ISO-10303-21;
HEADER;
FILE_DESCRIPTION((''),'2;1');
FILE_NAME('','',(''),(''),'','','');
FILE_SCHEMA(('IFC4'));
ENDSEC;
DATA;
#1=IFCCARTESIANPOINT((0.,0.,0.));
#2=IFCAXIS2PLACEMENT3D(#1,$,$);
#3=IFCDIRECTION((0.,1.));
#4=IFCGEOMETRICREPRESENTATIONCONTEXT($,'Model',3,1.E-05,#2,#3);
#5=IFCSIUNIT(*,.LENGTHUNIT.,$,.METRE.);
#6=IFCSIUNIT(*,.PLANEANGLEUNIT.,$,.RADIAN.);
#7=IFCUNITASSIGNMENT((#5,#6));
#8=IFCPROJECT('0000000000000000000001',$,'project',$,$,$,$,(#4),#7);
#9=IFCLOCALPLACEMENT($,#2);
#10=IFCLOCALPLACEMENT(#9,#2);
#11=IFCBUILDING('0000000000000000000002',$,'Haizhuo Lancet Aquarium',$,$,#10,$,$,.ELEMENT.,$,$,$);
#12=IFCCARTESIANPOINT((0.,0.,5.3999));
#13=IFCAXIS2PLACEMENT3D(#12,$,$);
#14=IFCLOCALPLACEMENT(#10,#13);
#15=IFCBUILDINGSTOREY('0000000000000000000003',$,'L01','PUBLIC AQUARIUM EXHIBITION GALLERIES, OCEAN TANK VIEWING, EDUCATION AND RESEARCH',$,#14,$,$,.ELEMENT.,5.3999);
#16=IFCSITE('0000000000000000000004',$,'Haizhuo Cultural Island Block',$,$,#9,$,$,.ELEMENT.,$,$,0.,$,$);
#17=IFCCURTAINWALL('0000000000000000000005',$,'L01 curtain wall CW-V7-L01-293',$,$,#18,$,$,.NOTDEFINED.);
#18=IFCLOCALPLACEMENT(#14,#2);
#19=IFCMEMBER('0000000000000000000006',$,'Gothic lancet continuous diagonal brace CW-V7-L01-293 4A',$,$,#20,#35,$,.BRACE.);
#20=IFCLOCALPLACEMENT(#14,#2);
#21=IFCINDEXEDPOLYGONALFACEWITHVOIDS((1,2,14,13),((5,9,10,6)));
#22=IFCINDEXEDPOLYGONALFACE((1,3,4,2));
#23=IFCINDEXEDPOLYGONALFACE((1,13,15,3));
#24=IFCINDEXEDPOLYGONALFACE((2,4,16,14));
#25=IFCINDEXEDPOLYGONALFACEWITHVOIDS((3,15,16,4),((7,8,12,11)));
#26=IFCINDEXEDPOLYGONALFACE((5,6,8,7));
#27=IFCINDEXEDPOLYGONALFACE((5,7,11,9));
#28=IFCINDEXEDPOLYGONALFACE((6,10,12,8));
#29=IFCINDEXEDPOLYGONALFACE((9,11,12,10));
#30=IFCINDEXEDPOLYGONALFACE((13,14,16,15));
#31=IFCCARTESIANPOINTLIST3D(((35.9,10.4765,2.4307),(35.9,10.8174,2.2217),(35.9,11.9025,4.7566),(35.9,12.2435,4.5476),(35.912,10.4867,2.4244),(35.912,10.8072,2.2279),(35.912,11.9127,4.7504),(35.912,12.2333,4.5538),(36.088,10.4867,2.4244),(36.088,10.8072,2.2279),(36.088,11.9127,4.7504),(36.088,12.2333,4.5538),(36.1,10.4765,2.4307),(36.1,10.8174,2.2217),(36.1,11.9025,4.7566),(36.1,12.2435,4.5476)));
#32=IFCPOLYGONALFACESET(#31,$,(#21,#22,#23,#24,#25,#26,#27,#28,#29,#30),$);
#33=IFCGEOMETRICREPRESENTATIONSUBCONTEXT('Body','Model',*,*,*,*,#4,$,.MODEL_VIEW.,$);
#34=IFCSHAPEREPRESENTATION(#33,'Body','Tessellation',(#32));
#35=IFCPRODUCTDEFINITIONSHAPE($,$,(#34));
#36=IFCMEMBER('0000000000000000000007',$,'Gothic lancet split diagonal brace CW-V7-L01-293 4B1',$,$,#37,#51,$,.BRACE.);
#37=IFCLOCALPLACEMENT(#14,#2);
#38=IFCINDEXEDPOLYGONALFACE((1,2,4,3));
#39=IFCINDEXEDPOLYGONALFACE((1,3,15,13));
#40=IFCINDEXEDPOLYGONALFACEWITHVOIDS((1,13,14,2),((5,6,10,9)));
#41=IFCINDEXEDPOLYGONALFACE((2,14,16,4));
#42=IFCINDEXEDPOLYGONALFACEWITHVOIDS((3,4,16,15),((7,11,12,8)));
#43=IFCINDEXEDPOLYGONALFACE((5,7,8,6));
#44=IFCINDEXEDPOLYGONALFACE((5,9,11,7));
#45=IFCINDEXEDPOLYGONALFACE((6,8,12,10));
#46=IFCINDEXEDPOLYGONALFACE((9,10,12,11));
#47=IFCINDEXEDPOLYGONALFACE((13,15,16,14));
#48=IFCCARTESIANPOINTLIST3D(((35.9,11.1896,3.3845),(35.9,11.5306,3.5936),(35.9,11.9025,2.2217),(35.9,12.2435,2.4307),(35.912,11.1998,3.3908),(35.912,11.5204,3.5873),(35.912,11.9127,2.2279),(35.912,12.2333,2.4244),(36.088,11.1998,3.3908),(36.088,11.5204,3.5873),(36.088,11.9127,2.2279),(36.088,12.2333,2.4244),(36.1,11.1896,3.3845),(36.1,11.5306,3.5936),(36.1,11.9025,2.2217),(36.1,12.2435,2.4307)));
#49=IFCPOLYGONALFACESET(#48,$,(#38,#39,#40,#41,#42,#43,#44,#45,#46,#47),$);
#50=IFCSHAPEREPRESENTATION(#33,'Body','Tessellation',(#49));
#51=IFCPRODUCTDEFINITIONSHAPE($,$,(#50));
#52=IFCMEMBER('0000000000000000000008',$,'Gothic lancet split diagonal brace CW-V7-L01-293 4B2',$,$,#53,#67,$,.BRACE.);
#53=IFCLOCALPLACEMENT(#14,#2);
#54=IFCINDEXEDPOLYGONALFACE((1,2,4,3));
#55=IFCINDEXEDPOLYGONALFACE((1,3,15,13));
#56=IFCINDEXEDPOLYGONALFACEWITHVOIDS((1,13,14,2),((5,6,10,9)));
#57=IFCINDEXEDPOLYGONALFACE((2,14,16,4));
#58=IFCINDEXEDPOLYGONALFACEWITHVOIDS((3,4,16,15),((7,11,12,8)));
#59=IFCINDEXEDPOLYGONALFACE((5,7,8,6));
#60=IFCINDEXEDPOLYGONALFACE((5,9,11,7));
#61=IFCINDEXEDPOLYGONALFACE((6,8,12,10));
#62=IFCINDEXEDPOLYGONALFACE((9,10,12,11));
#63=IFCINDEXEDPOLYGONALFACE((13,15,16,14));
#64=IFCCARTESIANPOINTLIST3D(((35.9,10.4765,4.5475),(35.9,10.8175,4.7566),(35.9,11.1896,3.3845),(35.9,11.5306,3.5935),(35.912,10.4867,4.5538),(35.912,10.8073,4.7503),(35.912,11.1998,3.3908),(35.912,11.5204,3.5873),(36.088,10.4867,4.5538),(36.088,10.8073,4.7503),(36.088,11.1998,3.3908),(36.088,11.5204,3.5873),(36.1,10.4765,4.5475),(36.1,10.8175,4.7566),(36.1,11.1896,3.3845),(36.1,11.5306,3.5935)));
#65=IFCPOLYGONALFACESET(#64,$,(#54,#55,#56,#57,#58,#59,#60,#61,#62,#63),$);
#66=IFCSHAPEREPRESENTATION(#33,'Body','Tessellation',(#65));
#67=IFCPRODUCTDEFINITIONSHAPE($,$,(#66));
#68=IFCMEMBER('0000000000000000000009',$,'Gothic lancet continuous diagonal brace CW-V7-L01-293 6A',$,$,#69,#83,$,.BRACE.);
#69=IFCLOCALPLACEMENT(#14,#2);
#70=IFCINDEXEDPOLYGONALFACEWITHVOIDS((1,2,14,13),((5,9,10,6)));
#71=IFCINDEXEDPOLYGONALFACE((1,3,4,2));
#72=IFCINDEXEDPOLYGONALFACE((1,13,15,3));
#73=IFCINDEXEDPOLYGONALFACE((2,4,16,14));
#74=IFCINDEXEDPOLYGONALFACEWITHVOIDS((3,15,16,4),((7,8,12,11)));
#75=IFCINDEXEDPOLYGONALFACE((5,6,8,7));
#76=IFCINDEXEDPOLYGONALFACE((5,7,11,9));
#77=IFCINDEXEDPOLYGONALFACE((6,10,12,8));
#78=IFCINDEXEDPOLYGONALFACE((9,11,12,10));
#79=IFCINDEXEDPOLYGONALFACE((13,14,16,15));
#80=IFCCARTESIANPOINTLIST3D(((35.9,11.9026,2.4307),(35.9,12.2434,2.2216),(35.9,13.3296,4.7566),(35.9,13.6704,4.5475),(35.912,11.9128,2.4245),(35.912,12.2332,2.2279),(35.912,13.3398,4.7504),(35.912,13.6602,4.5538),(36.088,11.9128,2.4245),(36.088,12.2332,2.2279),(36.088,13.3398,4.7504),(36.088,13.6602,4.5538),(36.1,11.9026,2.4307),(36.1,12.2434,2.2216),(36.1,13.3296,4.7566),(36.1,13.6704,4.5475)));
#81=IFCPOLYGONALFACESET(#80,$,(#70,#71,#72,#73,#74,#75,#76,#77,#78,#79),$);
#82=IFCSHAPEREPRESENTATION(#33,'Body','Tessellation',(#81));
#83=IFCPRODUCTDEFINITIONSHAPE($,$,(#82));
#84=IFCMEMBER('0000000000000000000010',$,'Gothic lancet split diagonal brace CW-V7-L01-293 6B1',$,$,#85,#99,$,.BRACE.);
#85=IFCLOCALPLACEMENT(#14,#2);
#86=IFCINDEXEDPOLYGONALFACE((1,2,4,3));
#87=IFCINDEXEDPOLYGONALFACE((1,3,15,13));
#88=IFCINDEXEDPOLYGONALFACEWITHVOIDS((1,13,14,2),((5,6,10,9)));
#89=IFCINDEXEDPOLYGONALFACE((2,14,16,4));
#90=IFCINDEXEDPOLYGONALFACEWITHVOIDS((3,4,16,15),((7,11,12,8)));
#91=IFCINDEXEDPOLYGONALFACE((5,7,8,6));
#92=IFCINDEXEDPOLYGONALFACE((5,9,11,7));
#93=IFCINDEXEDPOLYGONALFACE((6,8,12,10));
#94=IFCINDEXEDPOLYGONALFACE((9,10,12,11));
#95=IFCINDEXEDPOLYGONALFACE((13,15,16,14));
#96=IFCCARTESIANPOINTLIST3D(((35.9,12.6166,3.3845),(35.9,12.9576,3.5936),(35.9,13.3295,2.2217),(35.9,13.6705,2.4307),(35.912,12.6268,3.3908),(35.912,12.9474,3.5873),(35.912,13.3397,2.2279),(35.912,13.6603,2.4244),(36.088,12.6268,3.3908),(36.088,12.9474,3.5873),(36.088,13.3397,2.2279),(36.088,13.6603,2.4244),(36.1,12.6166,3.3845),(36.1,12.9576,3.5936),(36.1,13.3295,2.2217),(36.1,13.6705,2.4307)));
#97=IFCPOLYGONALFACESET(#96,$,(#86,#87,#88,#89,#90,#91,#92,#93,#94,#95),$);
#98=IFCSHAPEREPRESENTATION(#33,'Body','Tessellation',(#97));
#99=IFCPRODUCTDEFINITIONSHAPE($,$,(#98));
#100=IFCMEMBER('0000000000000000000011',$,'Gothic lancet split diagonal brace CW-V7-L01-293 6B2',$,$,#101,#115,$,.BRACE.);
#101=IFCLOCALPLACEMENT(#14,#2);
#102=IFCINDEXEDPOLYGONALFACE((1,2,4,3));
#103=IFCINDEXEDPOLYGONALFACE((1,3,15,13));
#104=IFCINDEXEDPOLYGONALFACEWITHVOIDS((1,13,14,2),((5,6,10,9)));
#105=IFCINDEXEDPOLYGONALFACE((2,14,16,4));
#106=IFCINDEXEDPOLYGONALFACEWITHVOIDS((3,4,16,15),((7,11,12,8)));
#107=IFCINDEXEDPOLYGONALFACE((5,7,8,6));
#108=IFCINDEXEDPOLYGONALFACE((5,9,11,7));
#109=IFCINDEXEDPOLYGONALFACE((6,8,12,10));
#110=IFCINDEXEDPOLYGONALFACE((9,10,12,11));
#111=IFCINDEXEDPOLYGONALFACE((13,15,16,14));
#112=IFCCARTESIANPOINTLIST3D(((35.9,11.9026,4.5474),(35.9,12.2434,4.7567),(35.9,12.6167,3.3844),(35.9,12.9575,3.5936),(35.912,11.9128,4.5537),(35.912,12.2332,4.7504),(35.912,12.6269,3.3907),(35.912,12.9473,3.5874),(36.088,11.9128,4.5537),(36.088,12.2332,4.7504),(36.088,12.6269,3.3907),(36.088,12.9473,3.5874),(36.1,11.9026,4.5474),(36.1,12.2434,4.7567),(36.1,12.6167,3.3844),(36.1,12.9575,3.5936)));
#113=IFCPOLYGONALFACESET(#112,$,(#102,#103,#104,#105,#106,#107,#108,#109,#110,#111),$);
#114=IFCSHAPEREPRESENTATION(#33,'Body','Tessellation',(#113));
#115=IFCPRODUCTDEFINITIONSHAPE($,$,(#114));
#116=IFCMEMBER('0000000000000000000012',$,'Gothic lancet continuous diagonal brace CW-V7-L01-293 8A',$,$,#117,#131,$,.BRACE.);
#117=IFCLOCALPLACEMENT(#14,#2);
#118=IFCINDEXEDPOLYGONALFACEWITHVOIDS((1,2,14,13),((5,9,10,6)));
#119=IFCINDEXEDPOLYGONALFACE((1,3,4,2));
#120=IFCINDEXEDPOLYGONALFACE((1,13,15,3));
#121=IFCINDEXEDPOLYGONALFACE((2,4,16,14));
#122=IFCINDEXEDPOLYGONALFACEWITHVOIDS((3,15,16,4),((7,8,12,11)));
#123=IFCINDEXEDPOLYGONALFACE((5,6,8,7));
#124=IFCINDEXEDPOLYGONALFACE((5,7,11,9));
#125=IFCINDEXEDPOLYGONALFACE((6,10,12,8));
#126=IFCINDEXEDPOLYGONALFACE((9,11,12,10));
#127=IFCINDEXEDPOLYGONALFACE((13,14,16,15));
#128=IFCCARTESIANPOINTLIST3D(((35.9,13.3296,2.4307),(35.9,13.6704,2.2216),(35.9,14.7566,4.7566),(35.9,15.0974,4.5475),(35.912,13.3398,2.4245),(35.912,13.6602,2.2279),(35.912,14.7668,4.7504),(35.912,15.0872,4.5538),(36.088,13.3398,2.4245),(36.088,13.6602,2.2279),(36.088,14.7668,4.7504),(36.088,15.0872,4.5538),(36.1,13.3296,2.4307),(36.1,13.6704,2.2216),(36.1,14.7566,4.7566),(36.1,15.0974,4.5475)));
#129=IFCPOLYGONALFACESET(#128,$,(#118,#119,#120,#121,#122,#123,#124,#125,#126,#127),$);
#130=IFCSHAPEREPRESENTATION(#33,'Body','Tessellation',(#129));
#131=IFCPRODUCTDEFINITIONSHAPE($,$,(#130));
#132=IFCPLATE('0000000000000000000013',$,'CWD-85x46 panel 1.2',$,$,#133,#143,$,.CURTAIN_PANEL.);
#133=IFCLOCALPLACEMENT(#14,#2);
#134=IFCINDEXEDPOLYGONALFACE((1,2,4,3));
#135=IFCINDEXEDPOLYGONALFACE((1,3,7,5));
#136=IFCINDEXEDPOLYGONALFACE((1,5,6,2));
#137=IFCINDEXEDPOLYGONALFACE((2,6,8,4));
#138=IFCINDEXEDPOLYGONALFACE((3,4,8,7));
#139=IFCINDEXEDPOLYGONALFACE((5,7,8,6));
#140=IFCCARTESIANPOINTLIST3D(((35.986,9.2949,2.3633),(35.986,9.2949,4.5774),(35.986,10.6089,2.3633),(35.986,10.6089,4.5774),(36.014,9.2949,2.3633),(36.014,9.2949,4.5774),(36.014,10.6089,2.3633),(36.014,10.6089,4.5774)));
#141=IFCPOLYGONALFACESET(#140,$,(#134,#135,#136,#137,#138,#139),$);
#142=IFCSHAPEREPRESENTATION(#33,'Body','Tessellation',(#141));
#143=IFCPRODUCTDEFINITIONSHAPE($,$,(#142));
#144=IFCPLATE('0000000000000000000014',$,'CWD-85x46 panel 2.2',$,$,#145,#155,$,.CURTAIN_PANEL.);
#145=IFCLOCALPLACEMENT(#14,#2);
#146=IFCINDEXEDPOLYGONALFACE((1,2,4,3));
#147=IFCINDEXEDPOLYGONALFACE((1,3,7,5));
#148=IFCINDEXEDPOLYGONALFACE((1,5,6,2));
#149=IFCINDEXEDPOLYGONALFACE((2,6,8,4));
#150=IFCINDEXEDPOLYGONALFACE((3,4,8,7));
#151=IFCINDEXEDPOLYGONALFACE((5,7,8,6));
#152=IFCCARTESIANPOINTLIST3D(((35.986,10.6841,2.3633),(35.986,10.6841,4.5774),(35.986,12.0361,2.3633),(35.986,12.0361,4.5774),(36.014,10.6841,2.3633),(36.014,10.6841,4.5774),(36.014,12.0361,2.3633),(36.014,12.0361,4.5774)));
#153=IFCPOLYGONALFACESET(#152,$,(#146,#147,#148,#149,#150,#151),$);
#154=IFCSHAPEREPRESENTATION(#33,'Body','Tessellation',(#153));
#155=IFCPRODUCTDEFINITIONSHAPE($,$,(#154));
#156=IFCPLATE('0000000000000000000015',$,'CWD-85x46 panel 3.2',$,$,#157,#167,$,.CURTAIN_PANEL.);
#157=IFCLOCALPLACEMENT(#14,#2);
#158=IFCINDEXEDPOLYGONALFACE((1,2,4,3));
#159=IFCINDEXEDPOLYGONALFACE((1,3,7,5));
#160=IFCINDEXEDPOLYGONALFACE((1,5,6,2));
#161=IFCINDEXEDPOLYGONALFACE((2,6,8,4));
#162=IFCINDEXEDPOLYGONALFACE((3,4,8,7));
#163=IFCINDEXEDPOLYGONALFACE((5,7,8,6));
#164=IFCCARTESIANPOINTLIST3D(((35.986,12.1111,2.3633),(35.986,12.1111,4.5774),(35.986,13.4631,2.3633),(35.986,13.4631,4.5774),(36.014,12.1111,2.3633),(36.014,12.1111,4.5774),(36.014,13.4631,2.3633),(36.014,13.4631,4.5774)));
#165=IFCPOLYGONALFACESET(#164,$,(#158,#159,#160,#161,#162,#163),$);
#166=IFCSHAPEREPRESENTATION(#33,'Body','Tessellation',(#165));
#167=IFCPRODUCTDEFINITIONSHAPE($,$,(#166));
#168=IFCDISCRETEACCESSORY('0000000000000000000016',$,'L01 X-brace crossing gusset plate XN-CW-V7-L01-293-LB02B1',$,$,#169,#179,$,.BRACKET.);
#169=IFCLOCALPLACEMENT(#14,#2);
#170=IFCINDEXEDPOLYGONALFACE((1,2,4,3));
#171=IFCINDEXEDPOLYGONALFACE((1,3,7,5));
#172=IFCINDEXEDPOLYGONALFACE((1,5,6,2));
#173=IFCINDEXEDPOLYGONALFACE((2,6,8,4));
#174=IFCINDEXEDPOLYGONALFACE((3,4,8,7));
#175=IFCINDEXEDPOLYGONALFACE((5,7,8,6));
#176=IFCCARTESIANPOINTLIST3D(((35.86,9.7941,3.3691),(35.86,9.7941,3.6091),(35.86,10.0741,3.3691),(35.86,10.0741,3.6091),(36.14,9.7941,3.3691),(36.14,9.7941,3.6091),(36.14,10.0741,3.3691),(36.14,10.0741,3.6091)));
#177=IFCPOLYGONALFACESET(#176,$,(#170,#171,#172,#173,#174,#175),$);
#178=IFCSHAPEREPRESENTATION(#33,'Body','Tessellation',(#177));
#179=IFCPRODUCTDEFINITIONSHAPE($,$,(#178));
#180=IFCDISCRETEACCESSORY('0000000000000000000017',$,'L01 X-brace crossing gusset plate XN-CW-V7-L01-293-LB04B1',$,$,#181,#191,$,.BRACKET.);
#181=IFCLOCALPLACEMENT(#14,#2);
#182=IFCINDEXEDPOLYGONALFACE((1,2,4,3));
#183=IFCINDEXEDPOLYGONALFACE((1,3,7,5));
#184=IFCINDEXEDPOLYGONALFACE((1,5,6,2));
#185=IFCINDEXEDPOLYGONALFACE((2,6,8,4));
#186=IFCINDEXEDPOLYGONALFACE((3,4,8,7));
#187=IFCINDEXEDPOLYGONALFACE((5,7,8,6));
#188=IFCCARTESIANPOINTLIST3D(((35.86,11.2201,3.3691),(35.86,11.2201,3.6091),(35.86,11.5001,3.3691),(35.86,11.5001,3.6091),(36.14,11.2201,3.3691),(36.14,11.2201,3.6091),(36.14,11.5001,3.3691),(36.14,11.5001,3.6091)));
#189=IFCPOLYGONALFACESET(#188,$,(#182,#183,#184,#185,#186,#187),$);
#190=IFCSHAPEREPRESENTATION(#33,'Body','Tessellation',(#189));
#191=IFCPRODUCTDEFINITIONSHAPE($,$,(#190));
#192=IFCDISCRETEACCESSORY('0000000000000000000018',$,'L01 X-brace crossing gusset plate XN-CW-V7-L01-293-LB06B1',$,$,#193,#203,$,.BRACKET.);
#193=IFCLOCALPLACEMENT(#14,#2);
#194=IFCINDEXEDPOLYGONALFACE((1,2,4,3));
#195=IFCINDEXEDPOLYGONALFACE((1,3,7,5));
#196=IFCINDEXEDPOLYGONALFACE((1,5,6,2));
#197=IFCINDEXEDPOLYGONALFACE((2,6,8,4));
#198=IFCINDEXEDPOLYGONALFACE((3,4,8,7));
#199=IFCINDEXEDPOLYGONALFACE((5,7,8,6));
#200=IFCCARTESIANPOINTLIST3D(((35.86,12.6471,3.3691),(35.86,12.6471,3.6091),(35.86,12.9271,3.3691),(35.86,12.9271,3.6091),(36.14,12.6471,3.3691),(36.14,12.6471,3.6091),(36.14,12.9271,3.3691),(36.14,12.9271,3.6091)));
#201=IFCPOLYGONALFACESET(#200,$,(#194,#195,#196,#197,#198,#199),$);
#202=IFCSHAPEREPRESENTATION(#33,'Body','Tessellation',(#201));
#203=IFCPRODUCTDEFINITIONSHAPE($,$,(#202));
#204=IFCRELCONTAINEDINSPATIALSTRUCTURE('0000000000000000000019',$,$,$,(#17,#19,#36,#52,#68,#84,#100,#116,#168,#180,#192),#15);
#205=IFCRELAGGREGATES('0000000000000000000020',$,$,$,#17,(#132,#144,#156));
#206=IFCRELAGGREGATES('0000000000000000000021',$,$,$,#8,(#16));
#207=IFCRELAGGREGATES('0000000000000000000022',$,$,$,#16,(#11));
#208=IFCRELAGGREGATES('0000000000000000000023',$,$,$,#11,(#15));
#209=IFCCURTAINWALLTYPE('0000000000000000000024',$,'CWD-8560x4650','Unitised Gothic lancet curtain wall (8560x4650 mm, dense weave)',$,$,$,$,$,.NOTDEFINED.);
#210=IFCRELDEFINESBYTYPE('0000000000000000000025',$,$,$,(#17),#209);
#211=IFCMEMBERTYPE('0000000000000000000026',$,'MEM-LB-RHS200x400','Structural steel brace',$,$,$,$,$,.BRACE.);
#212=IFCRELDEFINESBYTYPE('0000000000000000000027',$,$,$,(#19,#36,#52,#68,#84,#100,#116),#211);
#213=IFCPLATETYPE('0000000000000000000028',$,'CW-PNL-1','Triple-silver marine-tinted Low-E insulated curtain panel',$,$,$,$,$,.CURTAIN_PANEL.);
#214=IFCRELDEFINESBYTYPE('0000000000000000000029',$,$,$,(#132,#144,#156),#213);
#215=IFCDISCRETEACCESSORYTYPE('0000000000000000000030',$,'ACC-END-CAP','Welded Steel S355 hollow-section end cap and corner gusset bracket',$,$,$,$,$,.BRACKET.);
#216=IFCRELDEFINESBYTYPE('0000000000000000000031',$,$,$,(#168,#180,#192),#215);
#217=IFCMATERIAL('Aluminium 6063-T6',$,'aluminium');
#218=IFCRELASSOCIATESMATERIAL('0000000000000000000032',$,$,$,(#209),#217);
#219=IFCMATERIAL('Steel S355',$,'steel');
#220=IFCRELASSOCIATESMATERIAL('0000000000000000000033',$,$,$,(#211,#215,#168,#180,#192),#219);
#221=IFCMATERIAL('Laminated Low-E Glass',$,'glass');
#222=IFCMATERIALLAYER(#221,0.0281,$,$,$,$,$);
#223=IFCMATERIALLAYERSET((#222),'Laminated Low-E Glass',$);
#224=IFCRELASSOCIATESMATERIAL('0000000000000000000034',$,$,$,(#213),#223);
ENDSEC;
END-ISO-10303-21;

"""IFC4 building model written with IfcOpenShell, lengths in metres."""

from ifc_helpers import new_model, si_unit, direction, frame, origin, origin_2d, place, context, subcontext, project, spatial, rectangle, hollow_rectangle, extrude, material, layer, layer_set, material_profile, profile_set, type_object, element, aggregate, save


model = new_model("IFC4")

# Units and contexts
model_context = context("Model", 3, precision=1e-05, world=origin(), true_north=direction((0.0, 1.0)))
body_context = subcontext(model_context, "Body", "Model", "MODEL_VIEW")
ifc_project = project(units=[si_unit("LENGTHUNIT", "METRE"), si_unit("PLANEANGLEUNIT", "RADIAN")], contexts=[model_context])

# Site, building, storey
site_placement = place(None, origin())
site = spatial("IfcSite", under=ifc_project, at=site_placement, Name="Haizhuo Cultural Island Block", CompositionType="ELEMENT", RefElevation=0.0)
building_placement = place(site_placement, origin())
building = spatial("IfcBuilding", under=site, at=building_placement, Name="Haizhuo Lancet Aquarium", CompositionType="ELEMENT")
storey_placement = place(building_placement, frame((0.0, 0.0, 5.3999)))
storey = spatial("IfcBuildingStorey", under=building, at=storey_placement, Name="L01", Description="PUBLIC AQUARIUM EXHIBITION GALLERIES, OCEAN TANK VIEWING, EDUCATION AND RESEARCH", CompositionType="ELEMENT", Elevation=5.3999)

# Curtain wall
ifc_material_1 = material(Name="Aluminium 6063-T6", Category="aluminium")
curtain_wall_type = type_object("IfcCurtainWallType", Name="CWD-8560x4650", Description="Unitised Gothic lancet curtain wall (8560x4650 mm, dense weave)", PredefinedType="NOTDEFINED", material=ifc_material_1)
curtain_wall_placement = place(storey_placement, origin())
curtain_wall = element("IfcCurtainWall", 1, at=curtain_wall_placement, inside=storey, type_object=curtain_wall_type, Name="L01 curtain wall CW-V7-L01-293", PredefinedType="NOTDEFINED")

# Members
ifc_material_2 = material(Name="Steel S355", Category="steel")
ifc_material_profile_1 = material_profile(ifc_material_2, hollow_rectangle(XDim=0.2, YDim=0.3999, WallThickness=0.012, at=origin_2d()), Name="RHS 200x400x12")
ifc_profile_set_1 = profile_set([ifc_material_profile_1], Name="Steel S355")
member_type_1 = type_object("IfcMemberType", Name="MEM-LB-RHS200x400", Description="Structural steel brace", PredefinedType="BRACE", material=ifc_profile_set_1)
member_1_placement = place(storey_placement, frame((36.0, 10.647, 2.3262), z_axis=(0.0, 0.522684, 0.852527), x_axis=(-1.0, 0.0, 0.0)))
element("IfcMember", 2, at=member_1_placement, inside=storey, type_object=member_type_1, Name="Gothic lancet continuous diagonal brace CW-V7-L01-293 4A", PredefinedType="BRACE", context=body_context, shape_type="SweptSolid", body=[
    extrude(hollow_rectangle(XDim=0.2, YDim=0.3999, WallThickness=0.012, at=origin_2d()), origin(), (0.0, 0.0, 1.0), 2.7283),
])
member_2_placement = place(storey_placement, frame((36.0, 12.073, 2.3262), z_axis=(0.0, -0.522659, 0.852542), x_axis=(1.0, 0.0, 0.0)))
element("IfcMember", 3, at=member_2_placement, inside=storey, type_object=member_type_1, Name="Gothic lancet split diagonal brace CW-V7-L01-293 4B1", PredefinedType="BRACE", context=body_context, shape_type="SweptSolid", body=[
    extrude(hollow_rectangle(XDim=0.2, YDim=0.3999, WallThickness=0.012, at=origin_2d()), origin(), (0.0, 0.0, 1.0), 1.364),
])
member_3_placement = place(storey_placement, frame((36.0, 11.3601, 3.489), z_axis=(0.0, -0.522709, 0.852511), x_axis=(1.0, 0.0, 0.0)))
element("IfcMember", 4, at=member_3_placement, inside=storey, type_object=member_type_1, Name="Gothic lancet split diagonal brace CW-V7-L01-293 4B2", PredefinedType="BRACE", context=body_context, shape_type="SweptSolid", body=[
    extrude(hollow_rectangle(XDim=0.2, YDim=0.3999, WallThickness=0.012, at=origin_2d()), origin(), (0.0, 0.0, 1.0), 1.3643),
])
member_4_placement = place(storey_placement, frame((36.0, 12.073, 2.3262), z_axis=(0.0, 0.522944, 0.852367), x_axis=(-1.0, 0.0, 0.0)))
element("IfcMember", 5, at=member_4_placement, inside=storey, type_object=member_type_1, Name="Gothic lancet continuous diagonal brace CW-V7-L01-293 6A", PredefinedType="BRACE", context=body_context, shape_type="SweptSolid", body=[
    extrude(hollow_rectangle(XDim=0.2, YDim=0.3999, WallThickness=0.012, at=origin_2d()), origin(), (0.0, 0.0, 1.0), 2.7288),
])
member_5_placement = place(storey_placement, frame((36.0, 13.5, 2.3262), z_axis=(0.0, -0.522659, 0.852542), x_axis=(1.0, 0.0, 0.0)))
element("IfcMember", 6, at=member_5_placement, inside=storey, type_object=member_type_1, Name="Gothic lancet split diagonal brace CW-V7-L01-293 6B1", PredefinedType="BRACE", context=body_context, shape_type="SweptSolid", body=[
    extrude(hollow_rectangle(XDim=0.2, YDim=0.3999, WallThickness=0.012, at=origin_2d()), origin(), (0.0, 0.0, 1.0), 1.364),
])
member_6_placement = place(storey_placement, frame((36.0, 12.7871, 3.489), z_axis=(0.0, -0.523229, 0.852192), x_axis=(1.0, 0.0, 0.0)))
element("IfcMember", 7, at=member_6_placement, inside=storey, type_object=member_type_1, Name="Gothic lancet split diagonal brace CW-V7-L01-293 6B2", PredefinedType="BRACE", context=body_context, shape_type="SweptSolid", body=[
    extrude(hollow_rectangle(XDim=0.2, YDim=0.3999, WallThickness=0.012, at=origin_2d()), origin(), (0.0, 0.0, 1.0), 1.3647),
])
member_7_placement = place(storey_placement, frame((36.0, 13.5, 2.3262), z_axis=(0.0, 0.522944, 0.852367), x_axis=(-1.0, 0.0, 0.0)))
element("IfcMember", 8, at=member_7_placement, inside=storey, type_object=member_type_1, Name="Gothic lancet continuous diagonal brace CW-V7-L01-293 8A", PredefinedType="BRACE", context=body_context, shape_type="SweptSolid", body=[
    extrude(hollow_rectangle(XDim=0.2, YDim=0.3999, WallThickness=0.012, at=origin_2d()), origin(), (0.0, 0.0, 1.0), 2.7288),
])

# Plates
ifc_material_3 = material(Name="Laminated Low-E Glass", Category="glass")
ifc_layer = layer(ifc_material_3, 0.0281)
ifc_layer_set = layer_set([ifc_layer], Name="Laminated Low-E Glass")
plate_type = type_object("IfcPlateType", Name="CW-PNL-1", Description="Triple-silver marine-tinted Low-E insulated curtain panel", PredefinedType="CURTAIN_PANEL", material=ifc_layer_set)
plate_1_placement = place(storey_placement, frame((36.0, 9.9519, 2.3633), z_axis=(0.0, 0.0, 1.0), x_axis=(0.0, 1.0, 0.0)))
plate_1 = element("IfcPlate", 9, at=plate_1_placement, type_object=plate_type, Name="CWD-85x46 panel 1.2", PredefinedType="CURTAIN_PANEL", context=body_context, shape_type="SweptSolid", body=[
    extrude(rectangle(XDim=1.314, YDim=0.0281, at=origin_2d()), origin(), (0.0, 0.0, 1.0), 2.2141),
])
plate_2_placement = place(storey_placement, frame((36.0, 11.3601, 2.3633), z_axis=(0.0, 0.0, 1.0), x_axis=(0.0, 1.0, 0.0)))
plate_2 = element("IfcPlate", 10, at=plate_2_placement, type_object=plate_type, Name="CWD-85x46 panel 2.2", PredefinedType="CURTAIN_PANEL", context=body_context, shape_type="SweptSolid", body=[
    extrude(rectangle(XDim=1.3521, YDim=0.0281, at=origin_2d()), origin(), (0.0, 0.0, 1.0), 2.2141),
])
plate_3_placement = place(storey_placement, frame((36.0, 12.7871, 2.3633), z_axis=(0.0, 0.0, 1.0), x_axis=(0.0, 1.0, 0.0)))
plate_3 = element("IfcPlate", 11, at=plate_3_placement, type_object=plate_type, Name="CWD-85x46 panel 3.2", PredefinedType="CURTAIN_PANEL", context=body_context, shape_type="SweptSolid", body=[
    extrude(rectangle(XDim=1.3521, YDim=0.0281, at=origin_2d()), origin(), (0.0, 0.0, 1.0), 2.2141),
])
aggregate(curtain_wall, [plate_1, plate_2, plate_3])

# Discrete accessories
discrete_accessory_type = type_object("IfcDiscreteAccessoryType", Name="ACC-END-CAP", Description="Welded Steel S355 hollow-section end cap and corner gusset bracket", PredefinedType="BRACKET", material=ifc_material_2)
for number, where, z_axis, x_axis, name in (
    (12, (36.0, 9.9341, 3.3691), (0.0, 0.0, 1.0), (1.0, 0.0, 0.0), "L01 X-brace crossing gusset plate XN-CW-V7-L01-293-LB02B1"),
    (13, (36.0, 11.3601, 3.3691), (0.0, 0.0, 1.0), (1.0, 0.0, 0.0), "L01 X-brace crossing gusset plate XN-CW-V7-L01-293-LB04B1"),
    (14, (36.0, 12.7871, 3.3691), (0.0, 0.0, 1.0), (1.0, 0.0, 0.0), "L01 X-brace crossing gusset plate XN-CW-V7-L01-293-LB06B1"),
):
    element("IfcDiscreteAccessory", number, at=place(storey_placement, frame(where, z_axis=z_axis, x_axis=x_axis)), inside=storey, type_object=discrete_accessory_type, material=ifc_material_2, Name=name, PredefinedType="BRACKET", context=body_context, shape_type="SweptSolid", body=[
        extrude(rectangle(XDim=0.28, YDim=0.28, at=origin_2d()), origin(), (0.0, 0.0, 1.0), 0.24),
    ])

save(model, "model.ifc")
